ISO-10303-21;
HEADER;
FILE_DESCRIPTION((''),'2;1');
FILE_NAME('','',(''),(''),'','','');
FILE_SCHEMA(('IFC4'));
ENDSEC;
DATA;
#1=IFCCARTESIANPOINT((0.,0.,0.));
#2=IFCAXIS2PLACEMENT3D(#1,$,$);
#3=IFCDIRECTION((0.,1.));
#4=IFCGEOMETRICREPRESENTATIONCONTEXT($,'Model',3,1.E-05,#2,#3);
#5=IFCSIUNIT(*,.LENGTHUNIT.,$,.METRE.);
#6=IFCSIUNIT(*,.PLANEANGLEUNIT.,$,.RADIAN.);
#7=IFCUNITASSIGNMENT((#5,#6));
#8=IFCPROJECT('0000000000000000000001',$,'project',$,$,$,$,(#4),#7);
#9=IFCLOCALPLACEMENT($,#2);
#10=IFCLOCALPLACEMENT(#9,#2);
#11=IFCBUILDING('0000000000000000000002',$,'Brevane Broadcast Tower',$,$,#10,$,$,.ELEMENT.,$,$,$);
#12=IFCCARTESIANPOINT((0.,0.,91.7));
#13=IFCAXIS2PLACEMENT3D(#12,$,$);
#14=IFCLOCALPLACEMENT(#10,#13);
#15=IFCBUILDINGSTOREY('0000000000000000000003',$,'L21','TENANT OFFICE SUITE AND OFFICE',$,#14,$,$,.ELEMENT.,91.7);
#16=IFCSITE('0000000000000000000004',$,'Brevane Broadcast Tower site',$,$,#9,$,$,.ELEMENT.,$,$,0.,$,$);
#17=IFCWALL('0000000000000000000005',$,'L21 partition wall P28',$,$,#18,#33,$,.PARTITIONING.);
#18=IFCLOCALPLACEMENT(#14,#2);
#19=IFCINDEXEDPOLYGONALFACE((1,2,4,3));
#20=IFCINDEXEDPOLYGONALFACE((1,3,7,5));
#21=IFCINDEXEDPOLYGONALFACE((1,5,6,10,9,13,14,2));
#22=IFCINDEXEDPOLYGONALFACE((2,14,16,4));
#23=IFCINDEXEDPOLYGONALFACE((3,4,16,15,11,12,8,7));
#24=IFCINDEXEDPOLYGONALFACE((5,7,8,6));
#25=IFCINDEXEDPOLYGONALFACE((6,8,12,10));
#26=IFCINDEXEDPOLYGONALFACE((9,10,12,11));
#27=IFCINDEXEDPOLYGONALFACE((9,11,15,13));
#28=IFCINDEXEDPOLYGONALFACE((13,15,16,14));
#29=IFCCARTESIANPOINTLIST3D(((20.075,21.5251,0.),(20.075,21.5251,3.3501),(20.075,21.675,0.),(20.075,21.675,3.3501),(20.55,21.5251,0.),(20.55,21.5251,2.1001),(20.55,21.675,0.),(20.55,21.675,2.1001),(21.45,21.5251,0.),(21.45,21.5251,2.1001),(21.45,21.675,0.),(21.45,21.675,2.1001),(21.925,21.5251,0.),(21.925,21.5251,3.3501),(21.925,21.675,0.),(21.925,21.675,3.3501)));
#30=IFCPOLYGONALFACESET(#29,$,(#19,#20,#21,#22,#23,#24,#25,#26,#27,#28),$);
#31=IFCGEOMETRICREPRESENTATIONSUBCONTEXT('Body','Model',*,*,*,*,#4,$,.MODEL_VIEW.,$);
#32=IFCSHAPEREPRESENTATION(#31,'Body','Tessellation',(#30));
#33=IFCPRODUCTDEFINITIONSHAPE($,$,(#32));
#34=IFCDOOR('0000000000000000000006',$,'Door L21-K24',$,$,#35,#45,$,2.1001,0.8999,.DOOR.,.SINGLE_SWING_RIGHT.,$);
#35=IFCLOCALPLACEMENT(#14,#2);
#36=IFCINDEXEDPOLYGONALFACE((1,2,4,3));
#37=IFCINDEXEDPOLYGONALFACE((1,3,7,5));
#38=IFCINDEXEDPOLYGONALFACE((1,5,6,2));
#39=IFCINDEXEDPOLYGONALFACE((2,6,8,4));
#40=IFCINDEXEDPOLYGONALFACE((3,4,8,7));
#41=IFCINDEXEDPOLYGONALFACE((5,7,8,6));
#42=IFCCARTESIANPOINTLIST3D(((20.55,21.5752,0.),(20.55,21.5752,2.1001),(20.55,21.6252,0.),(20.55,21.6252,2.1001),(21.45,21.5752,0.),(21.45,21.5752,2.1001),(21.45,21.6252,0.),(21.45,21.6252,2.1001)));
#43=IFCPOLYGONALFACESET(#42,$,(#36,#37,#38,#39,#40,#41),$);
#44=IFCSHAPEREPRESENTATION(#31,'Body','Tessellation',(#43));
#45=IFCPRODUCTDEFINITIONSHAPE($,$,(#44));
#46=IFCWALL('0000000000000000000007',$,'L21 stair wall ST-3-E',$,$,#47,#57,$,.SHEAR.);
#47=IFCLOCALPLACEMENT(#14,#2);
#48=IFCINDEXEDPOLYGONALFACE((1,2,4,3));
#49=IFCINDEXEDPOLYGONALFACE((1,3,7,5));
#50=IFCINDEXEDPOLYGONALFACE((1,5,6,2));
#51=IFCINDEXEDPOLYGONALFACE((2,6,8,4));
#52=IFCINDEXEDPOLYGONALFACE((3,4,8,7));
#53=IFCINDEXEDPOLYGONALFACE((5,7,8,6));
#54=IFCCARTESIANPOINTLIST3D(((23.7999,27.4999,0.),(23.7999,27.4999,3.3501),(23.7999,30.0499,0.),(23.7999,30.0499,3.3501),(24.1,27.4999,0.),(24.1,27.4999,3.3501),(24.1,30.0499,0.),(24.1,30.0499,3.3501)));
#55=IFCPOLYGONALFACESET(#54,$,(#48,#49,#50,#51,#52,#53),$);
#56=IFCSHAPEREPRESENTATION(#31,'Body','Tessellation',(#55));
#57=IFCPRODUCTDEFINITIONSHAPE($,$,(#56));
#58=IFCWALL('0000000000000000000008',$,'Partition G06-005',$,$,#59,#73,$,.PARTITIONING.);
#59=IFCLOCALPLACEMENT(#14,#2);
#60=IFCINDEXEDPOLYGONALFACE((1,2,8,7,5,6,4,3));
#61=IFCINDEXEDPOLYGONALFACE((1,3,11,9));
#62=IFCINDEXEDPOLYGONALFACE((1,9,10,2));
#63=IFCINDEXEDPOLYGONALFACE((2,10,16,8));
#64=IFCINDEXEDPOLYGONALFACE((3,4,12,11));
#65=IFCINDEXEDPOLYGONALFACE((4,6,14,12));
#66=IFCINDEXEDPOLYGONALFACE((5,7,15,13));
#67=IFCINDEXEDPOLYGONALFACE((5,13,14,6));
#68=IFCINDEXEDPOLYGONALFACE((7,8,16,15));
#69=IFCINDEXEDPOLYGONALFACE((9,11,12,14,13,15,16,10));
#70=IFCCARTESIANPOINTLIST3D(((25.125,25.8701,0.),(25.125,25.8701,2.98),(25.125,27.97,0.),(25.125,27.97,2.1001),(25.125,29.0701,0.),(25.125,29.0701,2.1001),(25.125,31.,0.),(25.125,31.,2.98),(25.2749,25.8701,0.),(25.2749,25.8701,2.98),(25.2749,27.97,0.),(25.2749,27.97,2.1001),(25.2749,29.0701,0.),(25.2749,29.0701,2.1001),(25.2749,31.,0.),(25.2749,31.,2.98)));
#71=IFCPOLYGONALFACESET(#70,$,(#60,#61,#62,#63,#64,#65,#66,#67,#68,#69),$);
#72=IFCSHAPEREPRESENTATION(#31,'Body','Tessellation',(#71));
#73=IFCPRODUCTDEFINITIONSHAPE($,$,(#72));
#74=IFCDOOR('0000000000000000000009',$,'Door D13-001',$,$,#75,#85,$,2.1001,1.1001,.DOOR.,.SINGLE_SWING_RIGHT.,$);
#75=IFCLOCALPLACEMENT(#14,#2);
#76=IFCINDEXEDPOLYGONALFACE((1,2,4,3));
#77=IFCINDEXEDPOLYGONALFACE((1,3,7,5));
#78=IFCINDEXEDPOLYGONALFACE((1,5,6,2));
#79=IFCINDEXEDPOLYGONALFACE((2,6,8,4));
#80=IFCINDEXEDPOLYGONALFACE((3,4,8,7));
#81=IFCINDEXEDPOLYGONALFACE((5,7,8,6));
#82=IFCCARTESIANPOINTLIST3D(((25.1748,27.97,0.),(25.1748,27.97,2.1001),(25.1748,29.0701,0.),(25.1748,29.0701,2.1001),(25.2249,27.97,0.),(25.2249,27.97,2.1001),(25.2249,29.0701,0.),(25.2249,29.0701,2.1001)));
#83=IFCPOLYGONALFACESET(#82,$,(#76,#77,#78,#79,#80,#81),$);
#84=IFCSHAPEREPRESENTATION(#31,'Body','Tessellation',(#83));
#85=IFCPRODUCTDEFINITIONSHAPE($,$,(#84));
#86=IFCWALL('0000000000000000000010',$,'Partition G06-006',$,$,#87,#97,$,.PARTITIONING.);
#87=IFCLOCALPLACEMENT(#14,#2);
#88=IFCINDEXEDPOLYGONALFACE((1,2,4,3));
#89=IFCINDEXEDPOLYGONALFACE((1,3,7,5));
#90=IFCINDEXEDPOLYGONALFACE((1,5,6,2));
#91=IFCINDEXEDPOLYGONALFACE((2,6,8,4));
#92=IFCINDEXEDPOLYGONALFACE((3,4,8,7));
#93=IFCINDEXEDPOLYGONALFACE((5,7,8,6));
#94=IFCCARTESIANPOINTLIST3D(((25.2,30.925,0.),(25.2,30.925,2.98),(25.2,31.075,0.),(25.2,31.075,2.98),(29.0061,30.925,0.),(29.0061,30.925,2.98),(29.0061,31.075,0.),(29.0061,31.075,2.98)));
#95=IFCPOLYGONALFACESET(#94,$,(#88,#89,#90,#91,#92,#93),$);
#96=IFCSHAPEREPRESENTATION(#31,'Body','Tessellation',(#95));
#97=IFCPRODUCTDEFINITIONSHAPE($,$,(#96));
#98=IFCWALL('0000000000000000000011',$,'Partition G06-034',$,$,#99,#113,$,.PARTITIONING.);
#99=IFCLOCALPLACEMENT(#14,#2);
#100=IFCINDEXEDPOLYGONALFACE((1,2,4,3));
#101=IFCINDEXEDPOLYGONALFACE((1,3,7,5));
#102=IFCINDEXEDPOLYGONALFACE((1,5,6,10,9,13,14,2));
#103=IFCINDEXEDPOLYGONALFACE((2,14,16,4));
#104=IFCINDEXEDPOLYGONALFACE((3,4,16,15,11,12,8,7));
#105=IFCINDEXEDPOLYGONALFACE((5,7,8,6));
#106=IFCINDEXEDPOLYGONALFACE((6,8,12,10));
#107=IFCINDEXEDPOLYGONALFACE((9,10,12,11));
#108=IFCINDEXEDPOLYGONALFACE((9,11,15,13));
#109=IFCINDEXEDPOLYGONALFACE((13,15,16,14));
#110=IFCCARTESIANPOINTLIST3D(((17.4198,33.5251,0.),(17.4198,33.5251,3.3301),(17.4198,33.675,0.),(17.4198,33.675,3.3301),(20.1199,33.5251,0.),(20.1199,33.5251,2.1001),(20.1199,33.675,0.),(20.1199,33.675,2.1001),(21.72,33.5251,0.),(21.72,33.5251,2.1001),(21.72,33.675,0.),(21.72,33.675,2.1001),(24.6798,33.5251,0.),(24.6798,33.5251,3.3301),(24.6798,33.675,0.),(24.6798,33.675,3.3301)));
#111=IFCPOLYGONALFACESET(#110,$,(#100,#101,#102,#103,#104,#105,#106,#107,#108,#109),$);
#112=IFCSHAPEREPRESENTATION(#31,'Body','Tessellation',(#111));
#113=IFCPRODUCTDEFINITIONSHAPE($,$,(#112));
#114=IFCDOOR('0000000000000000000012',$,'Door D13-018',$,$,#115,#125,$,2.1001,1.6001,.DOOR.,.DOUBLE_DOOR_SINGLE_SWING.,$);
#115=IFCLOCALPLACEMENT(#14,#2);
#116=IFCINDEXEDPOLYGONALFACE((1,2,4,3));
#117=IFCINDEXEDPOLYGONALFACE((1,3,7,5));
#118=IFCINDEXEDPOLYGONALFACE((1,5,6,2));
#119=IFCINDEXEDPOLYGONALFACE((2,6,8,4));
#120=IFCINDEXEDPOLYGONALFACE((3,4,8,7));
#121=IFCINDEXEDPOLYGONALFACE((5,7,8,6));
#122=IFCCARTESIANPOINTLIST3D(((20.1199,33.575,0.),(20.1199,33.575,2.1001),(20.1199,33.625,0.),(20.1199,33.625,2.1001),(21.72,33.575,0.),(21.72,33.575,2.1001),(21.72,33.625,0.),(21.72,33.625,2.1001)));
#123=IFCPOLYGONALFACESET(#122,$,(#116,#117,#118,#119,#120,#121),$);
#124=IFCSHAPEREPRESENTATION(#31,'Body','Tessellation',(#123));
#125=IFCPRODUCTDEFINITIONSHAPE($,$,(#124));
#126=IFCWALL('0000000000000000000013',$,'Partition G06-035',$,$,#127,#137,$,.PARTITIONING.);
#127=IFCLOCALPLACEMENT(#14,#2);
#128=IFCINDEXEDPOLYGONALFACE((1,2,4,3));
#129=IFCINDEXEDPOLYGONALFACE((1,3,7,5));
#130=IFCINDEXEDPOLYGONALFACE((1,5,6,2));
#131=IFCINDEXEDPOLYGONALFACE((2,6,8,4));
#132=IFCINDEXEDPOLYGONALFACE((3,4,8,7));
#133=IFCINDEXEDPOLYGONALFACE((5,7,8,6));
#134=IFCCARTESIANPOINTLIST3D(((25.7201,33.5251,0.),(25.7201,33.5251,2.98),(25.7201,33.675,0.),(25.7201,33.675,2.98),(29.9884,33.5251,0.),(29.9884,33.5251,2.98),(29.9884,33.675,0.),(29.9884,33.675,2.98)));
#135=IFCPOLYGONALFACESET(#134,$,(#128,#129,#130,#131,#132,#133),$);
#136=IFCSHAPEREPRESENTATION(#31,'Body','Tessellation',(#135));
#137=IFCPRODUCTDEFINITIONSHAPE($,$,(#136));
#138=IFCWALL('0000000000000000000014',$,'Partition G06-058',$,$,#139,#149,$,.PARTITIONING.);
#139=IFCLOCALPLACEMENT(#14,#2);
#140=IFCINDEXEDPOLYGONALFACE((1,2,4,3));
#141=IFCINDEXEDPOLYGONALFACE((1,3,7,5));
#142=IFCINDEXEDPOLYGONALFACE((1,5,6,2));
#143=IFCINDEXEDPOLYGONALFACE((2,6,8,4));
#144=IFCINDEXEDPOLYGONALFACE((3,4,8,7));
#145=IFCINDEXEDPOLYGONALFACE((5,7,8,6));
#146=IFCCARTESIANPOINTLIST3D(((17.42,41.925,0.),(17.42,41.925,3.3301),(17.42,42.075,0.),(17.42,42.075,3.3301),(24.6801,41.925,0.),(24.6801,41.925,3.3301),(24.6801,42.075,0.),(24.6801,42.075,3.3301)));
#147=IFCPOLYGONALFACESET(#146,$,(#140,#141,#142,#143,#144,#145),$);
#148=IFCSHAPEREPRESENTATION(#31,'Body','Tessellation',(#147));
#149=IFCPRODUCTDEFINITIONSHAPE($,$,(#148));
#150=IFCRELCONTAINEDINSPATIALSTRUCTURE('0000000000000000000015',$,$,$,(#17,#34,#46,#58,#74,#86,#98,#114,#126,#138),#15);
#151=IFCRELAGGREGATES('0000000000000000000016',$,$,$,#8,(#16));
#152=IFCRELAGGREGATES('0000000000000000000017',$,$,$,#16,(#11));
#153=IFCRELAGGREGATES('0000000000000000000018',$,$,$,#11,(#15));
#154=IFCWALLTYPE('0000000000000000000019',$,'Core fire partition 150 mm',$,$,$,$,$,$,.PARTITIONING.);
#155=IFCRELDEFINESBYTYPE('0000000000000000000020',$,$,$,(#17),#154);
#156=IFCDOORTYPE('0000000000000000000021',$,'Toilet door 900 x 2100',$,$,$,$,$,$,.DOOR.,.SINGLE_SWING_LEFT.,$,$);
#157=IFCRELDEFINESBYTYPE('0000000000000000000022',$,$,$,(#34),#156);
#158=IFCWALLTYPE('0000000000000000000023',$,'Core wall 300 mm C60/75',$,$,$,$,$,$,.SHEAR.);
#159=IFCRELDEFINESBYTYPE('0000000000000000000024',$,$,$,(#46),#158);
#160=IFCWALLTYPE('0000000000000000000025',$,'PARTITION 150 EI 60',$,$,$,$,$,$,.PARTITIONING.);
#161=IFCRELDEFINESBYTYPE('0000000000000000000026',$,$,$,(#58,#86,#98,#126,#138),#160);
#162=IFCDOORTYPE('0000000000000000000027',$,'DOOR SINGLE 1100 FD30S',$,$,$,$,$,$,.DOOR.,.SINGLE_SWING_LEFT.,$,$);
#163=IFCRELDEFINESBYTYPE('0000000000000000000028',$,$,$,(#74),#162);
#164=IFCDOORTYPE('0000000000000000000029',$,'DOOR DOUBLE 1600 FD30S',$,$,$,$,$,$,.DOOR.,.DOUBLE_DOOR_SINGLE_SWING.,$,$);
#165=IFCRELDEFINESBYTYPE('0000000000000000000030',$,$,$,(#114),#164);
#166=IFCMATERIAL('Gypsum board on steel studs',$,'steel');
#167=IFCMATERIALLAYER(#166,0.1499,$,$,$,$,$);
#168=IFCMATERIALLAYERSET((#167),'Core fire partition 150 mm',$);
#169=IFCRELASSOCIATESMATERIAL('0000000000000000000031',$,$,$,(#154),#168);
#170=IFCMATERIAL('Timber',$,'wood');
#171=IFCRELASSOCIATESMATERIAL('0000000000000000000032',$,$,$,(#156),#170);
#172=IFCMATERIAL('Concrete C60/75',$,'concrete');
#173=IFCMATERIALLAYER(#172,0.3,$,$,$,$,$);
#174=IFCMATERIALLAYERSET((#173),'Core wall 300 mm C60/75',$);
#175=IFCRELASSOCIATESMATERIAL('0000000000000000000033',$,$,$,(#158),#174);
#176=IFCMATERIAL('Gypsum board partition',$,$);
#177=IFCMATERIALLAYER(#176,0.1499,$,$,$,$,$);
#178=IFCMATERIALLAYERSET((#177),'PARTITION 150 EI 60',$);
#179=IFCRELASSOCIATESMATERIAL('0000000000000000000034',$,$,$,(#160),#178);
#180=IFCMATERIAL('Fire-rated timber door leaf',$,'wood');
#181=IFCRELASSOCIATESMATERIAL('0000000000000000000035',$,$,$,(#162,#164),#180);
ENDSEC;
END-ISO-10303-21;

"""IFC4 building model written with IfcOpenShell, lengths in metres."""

from ifc_helpers import new_model, si_unit, direction, frame, frame_2d, origin, place, context, subcontext, project, spatial, polyline, rectangle, outline, extrude, material, layer, layer_set, type_object, element, fill, save


model = new_model("IFC4")

# Units and contexts
model_context = context("Model", 3, precision=1e-05, world=origin(), true_north=direction((0.0, 1.0)))
body_context = subcontext(model_context, "Body", "Model", "MODEL_VIEW")
ifc_project = project(units=[si_unit("LENGTHUNIT", "METRE"), si_unit("PLANEANGLEUNIT", "RADIAN")], contexts=[model_context])

# Site, building, storey
site_placement = place(None, origin())
site = spatial("IfcSite", under=ifc_project, at=site_placement, Name="Brevane Broadcast Tower site", CompositionType="ELEMENT", RefElevation=0.0)
building_placement = place(site_placement, origin())
building = spatial("IfcBuilding", under=site, at=building_placement, Name="Brevane Broadcast Tower", CompositionType="ELEMENT")
storey_placement = place(building_placement, frame((0.0, 0.0, 91.7)))
storey = spatial("IfcBuildingStorey", under=building, at=storey_placement, Name="L21", Description="TENANT OFFICE SUITE AND OFFICE", CompositionType="ELEMENT", Elevation=91.7)

# Shared definitions
ifc_material_1 = material(Name="Concrete C60/75", Category="concrete")

# Shared definitions
ifc_material_2 = material(Name="Gypsum board on steel studs", Category="steel")
ifc_layer_1 = layer(ifc_material_2, 0.1499)
ifc_layer_set_1 = layer_set([ifc_layer_1], Name="Core fire partition 150 mm")
wall_type_1 = type_object("IfcWallType", Name="Core fire partition 150 mm", PredefinedType="PARTITIONING", material=ifc_layer_set_1)

# Wall, opening, door
wall_1_placement = place(storey_placement, frame((21.925, 21.6001, 0.0), z_axis=(0.0, 0.0, 1.0), x_axis=(-1.0, 0.0, 0.0)))
wall_1 = element("IfcWall", 1, at=wall_1_placement, inside=storey, type_object=wall_type_1, Name="L21 partition wall P28", PredefinedType="PARTITIONING", context=body_context, shape_type="SweptSolid", body=[
    extrude(rectangle(XDim=1.8501, YDim=0.1499, at=frame_2d((0.925, 0.0))), origin(), (0.0, 0.0, 1.0), 3.3501),
])
opening_1_placement = place(wall_1_placement, frame((0.4751, 0.0, 0.0)))
opening_1 = element("IfcOpeningElement", 2, at=opening_1_placement, cuts=wall_1, PredefinedType="OPENING", context=body_context, shape_type="SweptSolid", body=[
    extrude(rectangle(XDim=0.8999, YDim=2.1001, at=frame_2d((0.45, 1.05))), frame((0.0, 0.085, 0.0), z_axis=(0.0, -1.0, 0.0), x_axis=(1.0, 0.0, 0.0)), (0.0, 0.0, 1.0), 0.1699),
])
ifc_material_3 = material(Name="Timber", Category="wood")
door_type_1 = type_object("IfcDoorType", Name="Toilet door 900 x 2100", OperationType="SINGLE_SWING_LEFT", PredefinedType="DOOR", material=ifc_material_3)
door_1_placement = place(opening_1_placement, origin())
door_1 = element("IfcDoor", 3, at=door_1_placement, inside=storey, type_object=door_type_1, Name="Door L21-K24", OperationType="SINGLE_SWING_RIGHT", OverallHeight=2.1001, OverallWidth=0.8999, PredefinedType="DOOR", context=body_context, shape_type="SweptSolid", body=[
    extrude(rectangle(XDim=0.8999, YDim=2.1001, at=frame_2d((0.45, 1.05))), frame((0.0, 0.0249, 0.0), z_axis=(0.0, -1.0, 0.0), x_axis=(1.0, 0.0, 0.0)), (0.0, 0.0, 1.0), 0.05),
])
fill(opening_1, door_1)

# Wall
ifc_layer_2 = layer(ifc_material_1, 0.3)
ifc_layer_set_2 = layer_set([ifc_layer_2], Name="Core wall 300 mm C60/75")
wall_type_2 = type_object("IfcWallType", Name="Core wall 300 mm C60/75", PredefinedType="SHEAR", material=ifc_layer_set_2)
wall_2_placement = place(storey_placement, frame((23.95, 27.5, 0.0), z_axis=(0.0, 0.0, 1.0), x_axis=(0.0, 1.0, 0.0)))
element("IfcWall", 4, at=wall_2_placement, inside=storey, type_object=wall_type_2, Name="L21 stair wall ST-3-E", PredefinedType="SHEAR", context=body_context, shape_type="SweptSolid", body=[
    extrude(rectangle(XDim=2.55, YDim=0.3, at=frame_2d((1.2749, 0.0))), origin(), (0.0, 0.0, 1.0), 3.3501),
])

# Wall, opening, door
ifc_material_4 = material(Name="Gypsum board partition")
ifc_layer_3 = layer(ifc_material_4, 0.1499)
ifc_layer_set_3 = layer_set([ifc_layer_3], Name="PARTITION 150 EI 60")
wall_type_3 = type_object("IfcWallType", Name="PARTITION 150 EI 60", PredefinedType="PARTITIONING", material=ifc_layer_set_3)
wall_3_placement = place(storey_placement, frame((25.2, 31.0, 0.0), z_axis=(0.0, 0.0, 1.0), x_axis=(0.0, -1.0, 0.0)))
wall_3 = element("IfcWall", 5, at=wall_3_placement, inside=storey, type_object=wall_type_3, Name="Partition G06-005", PredefinedType="PARTITIONING", context=body_context, shape_type="SweptSolid", body=[
    extrude(outline(polyline([(0.0, 0.0), (5.1299, 0.0), (5.1299, 2.98), (0.0, 2.98), (0.0, 0.0)])), frame((0.0, 0.075, 0.0), z_axis=(0.0, -1.0, 0.0), x_axis=(1.0, 0.0, 0.0)), (0.0, 0.0, 1.0), 0.1499),
])
opening_2_placement = place(wall_3_placement, frame((1.9299, 0.0, 0.0)))
opening_2 = element("IfcOpeningElement", 6, at=opening_2_placement, cuts=wall_3, PredefinedType="OPENING", context=body_context, shape_type="SweptSolid", body=[
    extrude(rectangle(XDim=1.1001, YDim=2.1001, at=frame_2d((0.55, 1.05))), frame((0.0, 0.085, 0.0), z_axis=(0.0, -1.0, 0.0), x_axis=(1.0, 0.0, 0.0)), (0.0, 0.0, 1.0), 0.1699),
])
ifc_material_5 = material(Name="Fire-rated timber door leaf", Category="wood")
door_type_2 = type_object("IfcDoorType", Name="DOOR SINGLE 1100 FD30S", OperationType="SINGLE_SWING_LEFT", PredefinedType="DOOR", material=ifc_material_5)
door_2_placement = place(opening_2_placement, origin())
door_2 = element("IfcDoor", 7, at=door_2_placement, inside=storey, type_object=door_type_2, Name="Door D13-001", OperationType="SINGLE_SWING_RIGHT", OverallHeight=2.1001, OverallWidth=1.1001, PredefinedType="DOOR", context=body_context, shape_type="SweptSolid", body=[
    extrude(rectangle(XDim=1.1001, YDim=2.1001, at=frame_2d((0.55, 1.05))), frame((0.0, 0.0249, 0.0), z_axis=(0.0, -1.0, 0.0), x_axis=(1.0, 0.0, 0.0)), (0.0, 0.0, 1.0), 0.05),
])
fill(opening_2, door_2)

# Wall
wall_4_placement = place(storey_placement, frame((25.2, 31.0, 0.0), z_axis=(0.0, 0.0, 1.0), x_axis=(1.0, 0.0, 0.0)))
element("IfcWall", 8, at=wall_4_placement, inside=storey, type_object=wall_type_3, Name="Partition G06-006", PredefinedType="PARTITIONING", context=body_context, shape_type="SweptSolid", body=[
    extrude(rectangle(XDim=3.8062, YDim=0.1499, at=frame_2d((1.9031, 0.0))), origin(), (0.0, 0.0, 1.0), 2.98),
])

# Wall, opening, door
wall_5_placement = place(storey_placement, frame((17.4199, 33.6001, 0.0), z_axis=(0.0, 0.0, 1.0), x_axis=(1.0, 0.0, 0.0)))
wall_5 = element("IfcWall", 9, at=wall_5_placement, inside=storey, type_object=wall_type_3, Name="Partition G06-034", PredefinedType="PARTITIONING", context=body_context, shape_type="SweptSolid", body=[
    extrude(rectangle(XDim=7.26, YDim=0.1499, at=frame_2d((3.6299, 0.0))), origin(), (0.0, 0.0, 1.0), 3.3301),
])
opening_3_placement = place(wall_5_placement, frame((2.7, 0.0, 0.0)))
opening_3 = element("IfcOpeningElement", 10, at=opening_3_placement, cuts=wall_5, PredefinedType="OPENING", context=body_context, shape_type="SweptSolid", body=[
    extrude(rectangle(XDim=1.6001, YDim=2.1001, at=frame_2d((0.8, 1.05))), frame((0.0, 0.085, 0.0), z_axis=(0.0, -1.0, 0.0), x_axis=(1.0, 0.0, 0.0)), (0.0, 0.0, 1.0), 0.1699),
])
door_type_3 = type_object("IfcDoorType", Name="DOOR DOUBLE 1600 FD30S", OperationType="DOUBLE_DOOR_SINGLE_SWING", PredefinedType="DOOR", material=ifc_material_5)
door_3_placement = place(opening_3_placement, origin())
door_3 = element("IfcDoor", 11, at=door_3_placement, inside=storey, type_object=door_type_3, Name="Door D13-018", OperationType="DOUBLE_DOOR_SINGLE_SWING", OverallHeight=2.1001, OverallWidth=1.6001, PredefinedType="DOOR", context=body_context, shape_type="SweptSolid", body=[
    extrude(rectangle(XDim=1.6001, YDim=2.1001, at=frame_2d((0.8, 1.05))), frame((0.0, 0.0249, 0.0), z_axis=(0.0, -1.0, 0.0), x_axis=(1.0, 0.0, 0.0)), (0.0, 0.0, 1.0), 0.05),
])
fill(opening_3, door_3)

# Walls
wall_6_placement = place(storey_placement, frame((25.72, 33.6001, 0.0), z_axis=(0.0, 0.0, 1.0), x_axis=(1.0, 0.0, 0.0)))
element("IfcWall", 12, at=wall_6_placement, inside=storey, type_object=wall_type_3, Name="Partition G06-035", PredefinedType="PARTITIONING", context=body_context, shape_type="SweptSolid", body=[
    extrude(rectangle(XDim=4.2683, YDim=0.1499, at=frame_2d((2.1343, 0.0))), origin(), (0.0, 0.0, 1.0), 2.98),
])
wall_7_placement = place(storey_placement, frame((24.6799, 42.0, 0.0), z_axis=(0.0, 0.0, 1.0), x_axis=(-1.0, 0.0, 0.0)))
element("IfcWall", 13, at=wall_7_placement, inside=storey, type_object=wall_type_3, Name="Partition G06-058", PredefinedType="PARTITIONING", context=body_context, shape_type="SweptSolid", body=[
    extrude(rectangle(XDim=7.26, YDim=0.1499, at=frame_2d((3.6299, 0.0))), origin(), (0.0, 0.0, 1.0), 3.3301),
])

save(model, "model.ifc")
